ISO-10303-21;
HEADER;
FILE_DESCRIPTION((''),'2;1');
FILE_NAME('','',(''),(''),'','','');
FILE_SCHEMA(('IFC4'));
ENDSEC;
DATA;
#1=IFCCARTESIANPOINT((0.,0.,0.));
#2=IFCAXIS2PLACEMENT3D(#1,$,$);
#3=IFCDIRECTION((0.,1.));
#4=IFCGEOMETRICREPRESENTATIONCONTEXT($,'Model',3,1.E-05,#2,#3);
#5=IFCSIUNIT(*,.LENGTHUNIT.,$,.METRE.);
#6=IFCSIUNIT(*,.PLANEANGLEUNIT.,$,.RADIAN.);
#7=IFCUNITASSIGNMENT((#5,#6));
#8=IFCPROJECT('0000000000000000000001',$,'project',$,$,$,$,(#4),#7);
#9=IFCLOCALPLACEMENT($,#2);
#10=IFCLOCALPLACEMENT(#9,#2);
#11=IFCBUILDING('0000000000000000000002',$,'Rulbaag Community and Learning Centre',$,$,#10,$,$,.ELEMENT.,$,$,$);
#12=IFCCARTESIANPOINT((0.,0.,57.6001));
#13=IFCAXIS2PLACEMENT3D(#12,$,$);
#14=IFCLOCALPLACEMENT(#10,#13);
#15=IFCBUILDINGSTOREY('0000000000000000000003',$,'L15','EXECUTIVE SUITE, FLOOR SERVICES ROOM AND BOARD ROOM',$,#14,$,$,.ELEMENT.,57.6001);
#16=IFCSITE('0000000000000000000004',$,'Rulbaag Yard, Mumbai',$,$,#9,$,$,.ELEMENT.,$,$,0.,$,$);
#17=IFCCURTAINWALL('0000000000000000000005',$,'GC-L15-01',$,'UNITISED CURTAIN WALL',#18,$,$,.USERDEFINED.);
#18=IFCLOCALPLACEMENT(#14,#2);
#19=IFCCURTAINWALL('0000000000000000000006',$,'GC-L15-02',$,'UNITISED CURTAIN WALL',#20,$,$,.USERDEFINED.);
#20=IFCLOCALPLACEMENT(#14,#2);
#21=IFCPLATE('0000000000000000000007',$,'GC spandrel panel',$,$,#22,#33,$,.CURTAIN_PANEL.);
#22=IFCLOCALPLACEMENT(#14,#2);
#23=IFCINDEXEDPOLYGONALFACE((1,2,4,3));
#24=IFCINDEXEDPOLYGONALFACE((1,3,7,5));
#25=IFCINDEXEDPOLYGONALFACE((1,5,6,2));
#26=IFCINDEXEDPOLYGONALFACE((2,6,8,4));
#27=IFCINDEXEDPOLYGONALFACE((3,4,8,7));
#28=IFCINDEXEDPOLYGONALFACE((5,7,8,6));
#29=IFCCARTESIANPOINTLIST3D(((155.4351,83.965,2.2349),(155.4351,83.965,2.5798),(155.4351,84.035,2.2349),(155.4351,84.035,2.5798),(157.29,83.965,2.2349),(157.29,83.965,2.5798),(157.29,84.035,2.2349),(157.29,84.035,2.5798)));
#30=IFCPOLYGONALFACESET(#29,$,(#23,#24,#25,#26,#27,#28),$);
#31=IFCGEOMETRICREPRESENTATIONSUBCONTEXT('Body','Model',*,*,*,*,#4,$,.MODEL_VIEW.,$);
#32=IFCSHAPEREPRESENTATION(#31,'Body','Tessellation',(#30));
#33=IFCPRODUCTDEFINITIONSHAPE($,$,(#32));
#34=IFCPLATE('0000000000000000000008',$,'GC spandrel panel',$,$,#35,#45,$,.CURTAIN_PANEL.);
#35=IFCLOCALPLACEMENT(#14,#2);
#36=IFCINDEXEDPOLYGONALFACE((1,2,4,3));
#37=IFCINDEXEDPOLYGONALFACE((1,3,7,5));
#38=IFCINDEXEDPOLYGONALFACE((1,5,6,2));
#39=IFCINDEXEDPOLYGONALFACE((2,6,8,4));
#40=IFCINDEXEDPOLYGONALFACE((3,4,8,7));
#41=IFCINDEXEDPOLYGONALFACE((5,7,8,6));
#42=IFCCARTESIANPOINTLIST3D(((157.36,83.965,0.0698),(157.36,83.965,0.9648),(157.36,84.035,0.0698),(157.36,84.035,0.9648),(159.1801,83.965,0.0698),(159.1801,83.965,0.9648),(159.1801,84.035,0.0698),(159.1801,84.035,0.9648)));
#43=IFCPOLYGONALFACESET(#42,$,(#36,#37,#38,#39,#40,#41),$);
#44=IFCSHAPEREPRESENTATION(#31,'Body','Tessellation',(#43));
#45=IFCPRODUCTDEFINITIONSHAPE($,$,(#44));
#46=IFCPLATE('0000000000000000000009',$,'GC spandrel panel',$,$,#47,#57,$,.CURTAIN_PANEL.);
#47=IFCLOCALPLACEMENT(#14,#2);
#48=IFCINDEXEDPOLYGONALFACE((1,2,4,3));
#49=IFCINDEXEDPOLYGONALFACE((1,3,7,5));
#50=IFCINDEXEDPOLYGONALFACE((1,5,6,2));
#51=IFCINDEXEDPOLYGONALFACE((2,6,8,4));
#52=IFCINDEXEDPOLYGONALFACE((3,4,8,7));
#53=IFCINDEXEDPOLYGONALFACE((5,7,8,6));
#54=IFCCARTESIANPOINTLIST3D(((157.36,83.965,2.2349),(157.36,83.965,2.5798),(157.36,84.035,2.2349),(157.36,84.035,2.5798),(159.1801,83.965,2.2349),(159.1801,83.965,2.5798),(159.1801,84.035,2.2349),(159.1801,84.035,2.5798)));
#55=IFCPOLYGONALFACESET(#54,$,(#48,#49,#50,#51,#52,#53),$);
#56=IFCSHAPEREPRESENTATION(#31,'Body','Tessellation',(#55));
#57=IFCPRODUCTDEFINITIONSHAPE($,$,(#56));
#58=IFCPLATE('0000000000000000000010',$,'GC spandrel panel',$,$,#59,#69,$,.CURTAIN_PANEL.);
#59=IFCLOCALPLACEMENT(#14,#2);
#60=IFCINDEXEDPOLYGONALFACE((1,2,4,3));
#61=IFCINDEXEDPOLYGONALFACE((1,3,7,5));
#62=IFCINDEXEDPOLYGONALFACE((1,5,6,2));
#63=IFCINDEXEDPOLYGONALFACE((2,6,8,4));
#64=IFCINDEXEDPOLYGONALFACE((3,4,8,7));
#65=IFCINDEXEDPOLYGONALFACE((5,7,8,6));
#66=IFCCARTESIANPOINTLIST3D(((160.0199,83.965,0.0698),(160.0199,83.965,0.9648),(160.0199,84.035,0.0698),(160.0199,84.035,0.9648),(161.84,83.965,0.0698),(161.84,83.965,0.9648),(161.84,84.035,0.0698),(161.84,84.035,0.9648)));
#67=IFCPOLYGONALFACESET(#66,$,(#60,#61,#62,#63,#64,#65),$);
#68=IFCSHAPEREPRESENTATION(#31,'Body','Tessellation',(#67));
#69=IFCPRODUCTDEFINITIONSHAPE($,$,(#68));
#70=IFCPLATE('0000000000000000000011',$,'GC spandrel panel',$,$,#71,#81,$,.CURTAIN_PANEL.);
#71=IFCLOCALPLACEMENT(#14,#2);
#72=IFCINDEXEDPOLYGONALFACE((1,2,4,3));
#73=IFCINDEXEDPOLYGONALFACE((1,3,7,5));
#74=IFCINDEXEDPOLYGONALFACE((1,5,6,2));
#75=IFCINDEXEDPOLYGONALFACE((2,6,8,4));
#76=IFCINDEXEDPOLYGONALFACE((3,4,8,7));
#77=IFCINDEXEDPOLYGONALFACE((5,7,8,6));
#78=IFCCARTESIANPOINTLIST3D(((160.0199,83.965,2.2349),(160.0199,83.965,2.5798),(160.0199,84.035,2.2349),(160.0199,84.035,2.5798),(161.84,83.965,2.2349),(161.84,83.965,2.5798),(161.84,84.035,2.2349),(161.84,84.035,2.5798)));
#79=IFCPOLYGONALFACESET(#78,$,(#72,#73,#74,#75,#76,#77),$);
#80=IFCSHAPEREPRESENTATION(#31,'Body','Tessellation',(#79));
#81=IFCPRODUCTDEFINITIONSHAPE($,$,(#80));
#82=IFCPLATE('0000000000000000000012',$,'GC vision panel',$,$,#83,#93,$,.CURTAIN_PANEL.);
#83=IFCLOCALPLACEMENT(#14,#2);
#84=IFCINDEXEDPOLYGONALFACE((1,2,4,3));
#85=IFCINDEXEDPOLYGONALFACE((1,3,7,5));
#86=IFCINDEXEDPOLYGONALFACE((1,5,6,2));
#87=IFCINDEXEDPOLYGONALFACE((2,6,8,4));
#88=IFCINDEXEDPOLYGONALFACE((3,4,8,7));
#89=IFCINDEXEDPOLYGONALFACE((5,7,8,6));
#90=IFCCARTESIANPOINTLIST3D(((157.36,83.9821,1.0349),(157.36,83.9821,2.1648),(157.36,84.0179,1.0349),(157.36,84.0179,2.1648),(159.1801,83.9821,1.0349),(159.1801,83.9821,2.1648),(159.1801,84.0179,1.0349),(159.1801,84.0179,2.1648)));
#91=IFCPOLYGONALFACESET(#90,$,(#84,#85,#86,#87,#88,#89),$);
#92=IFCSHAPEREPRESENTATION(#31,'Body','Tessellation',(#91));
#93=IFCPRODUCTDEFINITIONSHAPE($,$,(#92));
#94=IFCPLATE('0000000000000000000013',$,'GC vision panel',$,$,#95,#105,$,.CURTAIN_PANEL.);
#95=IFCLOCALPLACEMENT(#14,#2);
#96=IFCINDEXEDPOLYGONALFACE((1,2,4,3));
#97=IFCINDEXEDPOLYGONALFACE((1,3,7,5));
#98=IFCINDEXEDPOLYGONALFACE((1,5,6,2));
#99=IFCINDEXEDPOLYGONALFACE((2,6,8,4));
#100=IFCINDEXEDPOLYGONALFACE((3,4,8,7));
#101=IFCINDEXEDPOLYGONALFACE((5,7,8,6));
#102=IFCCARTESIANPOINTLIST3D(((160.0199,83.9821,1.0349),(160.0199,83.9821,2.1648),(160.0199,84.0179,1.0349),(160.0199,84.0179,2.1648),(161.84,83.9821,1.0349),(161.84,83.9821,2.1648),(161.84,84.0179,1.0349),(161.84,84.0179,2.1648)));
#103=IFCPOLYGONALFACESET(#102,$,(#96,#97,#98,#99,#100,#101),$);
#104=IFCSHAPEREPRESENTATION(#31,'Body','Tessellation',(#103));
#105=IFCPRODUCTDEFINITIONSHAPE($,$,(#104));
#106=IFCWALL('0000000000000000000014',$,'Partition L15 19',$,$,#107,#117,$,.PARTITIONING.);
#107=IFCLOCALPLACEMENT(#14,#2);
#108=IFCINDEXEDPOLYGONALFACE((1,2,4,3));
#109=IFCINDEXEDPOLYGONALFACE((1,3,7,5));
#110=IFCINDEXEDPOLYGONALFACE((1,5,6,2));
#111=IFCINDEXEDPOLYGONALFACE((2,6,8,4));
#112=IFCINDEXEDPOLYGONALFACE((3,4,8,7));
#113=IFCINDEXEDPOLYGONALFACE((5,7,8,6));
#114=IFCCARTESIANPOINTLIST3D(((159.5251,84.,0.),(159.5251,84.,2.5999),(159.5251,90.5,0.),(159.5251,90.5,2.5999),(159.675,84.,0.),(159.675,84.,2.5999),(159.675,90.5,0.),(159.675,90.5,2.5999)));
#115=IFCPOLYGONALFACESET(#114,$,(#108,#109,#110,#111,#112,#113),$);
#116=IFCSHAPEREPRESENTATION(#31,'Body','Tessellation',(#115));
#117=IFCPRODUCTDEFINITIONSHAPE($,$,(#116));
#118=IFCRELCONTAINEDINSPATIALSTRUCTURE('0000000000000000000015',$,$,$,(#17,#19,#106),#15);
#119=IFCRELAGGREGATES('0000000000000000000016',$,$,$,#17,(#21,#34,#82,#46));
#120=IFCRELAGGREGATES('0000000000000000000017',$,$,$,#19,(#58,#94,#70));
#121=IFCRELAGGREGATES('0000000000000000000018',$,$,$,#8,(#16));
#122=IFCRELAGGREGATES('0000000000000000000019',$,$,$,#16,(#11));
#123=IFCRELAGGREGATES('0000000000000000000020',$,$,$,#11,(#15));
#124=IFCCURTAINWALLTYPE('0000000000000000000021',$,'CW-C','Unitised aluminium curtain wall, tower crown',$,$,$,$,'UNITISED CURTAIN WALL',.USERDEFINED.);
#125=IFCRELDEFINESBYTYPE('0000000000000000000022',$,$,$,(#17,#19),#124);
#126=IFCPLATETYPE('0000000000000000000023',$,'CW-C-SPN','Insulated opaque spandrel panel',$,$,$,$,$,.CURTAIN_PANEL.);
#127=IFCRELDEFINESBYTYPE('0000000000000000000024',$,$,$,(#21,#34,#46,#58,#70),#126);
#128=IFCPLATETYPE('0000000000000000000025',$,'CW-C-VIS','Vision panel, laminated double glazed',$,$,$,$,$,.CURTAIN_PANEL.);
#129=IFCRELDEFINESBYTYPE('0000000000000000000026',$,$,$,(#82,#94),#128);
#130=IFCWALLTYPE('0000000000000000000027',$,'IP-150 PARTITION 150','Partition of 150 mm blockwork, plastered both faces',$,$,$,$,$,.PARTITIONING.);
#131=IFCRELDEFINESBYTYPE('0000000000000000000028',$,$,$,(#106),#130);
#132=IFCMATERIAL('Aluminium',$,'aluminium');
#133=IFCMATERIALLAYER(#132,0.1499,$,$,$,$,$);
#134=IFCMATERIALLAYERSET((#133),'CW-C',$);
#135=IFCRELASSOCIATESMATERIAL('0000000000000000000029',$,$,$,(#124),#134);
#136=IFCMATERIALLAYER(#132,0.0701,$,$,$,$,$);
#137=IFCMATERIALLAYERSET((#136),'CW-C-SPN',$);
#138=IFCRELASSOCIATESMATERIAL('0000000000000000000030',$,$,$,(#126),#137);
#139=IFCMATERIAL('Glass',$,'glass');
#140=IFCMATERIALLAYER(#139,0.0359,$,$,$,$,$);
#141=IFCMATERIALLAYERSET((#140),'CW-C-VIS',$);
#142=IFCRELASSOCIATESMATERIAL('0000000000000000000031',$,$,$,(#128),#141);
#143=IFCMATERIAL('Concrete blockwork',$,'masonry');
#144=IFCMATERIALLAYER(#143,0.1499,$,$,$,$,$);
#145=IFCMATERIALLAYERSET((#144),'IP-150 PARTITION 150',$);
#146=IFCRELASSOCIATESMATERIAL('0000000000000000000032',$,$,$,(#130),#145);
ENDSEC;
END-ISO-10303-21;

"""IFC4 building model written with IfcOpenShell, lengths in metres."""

from ifc_helpers import new_model, si_unit, direction, frame, frame_2d, origin, origin_2d, place, context, subcontext, project, spatial, rectangle, extrude, material, layer, layer_set, type_object, element, aggregate, save


model = new_model("IFC4")

# Units and contexts
model_context = context("Model", 3, precision=1e-05, world=origin(), true_north=direction((0.0, 1.0)))
body_context = subcontext(model_context, "Body", "Model", "MODEL_VIEW")
ifc_project = project(units=[si_unit("LENGTHUNIT", "METRE"), si_unit("PLANEANGLEUNIT", "RADIAN")], contexts=[model_context])

# Site, building, storey
site_placement = place(None, origin())
site = spatial("IfcSite", under=ifc_project, at=site_placement, Name="Rulbaag Yard, Mumbai", CompositionType="ELEMENT", RefElevation=0.0)
building_placement = place(site_placement, origin())
building = spatial("IfcBuilding", under=site, at=building_placement, Name="Rulbaag Community and Learning Centre", CompositionType="ELEMENT")
storey_placement = place(building_placement, frame((0.0, 0.0, 57.6001)))
storey = spatial("IfcBuildingStorey", under=building, at=storey_placement, Name="L15", Description="EXECUTIVE SUITE, FLOOR SERVICES ROOM AND BOARD ROOM", CompositionType="ELEMENT", Elevation=57.6001)

# Curtain walls
ifc_material_1 = material(Name="Aluminium", Category="aluminium")
ifc_layer_1 = layer(ifc_material_1, 0.1499)
ifc_layer_set_1 = layer_set([ifc_layer_1], Name="CW-C")
curtain_wall_type = type_object("IfcCurtainWallType", Name="CW-C", Description="Unitised aluminium curtain wall, tower crown", ElementType="UNITISED CURTAIN WALL", PredefinedType="USERDEFINED", material=ifc_layer_set_1)
curtain_wall_1_placement = place(storey_placement, origin())
curtain_wall_1 = element("IfcCurtainWall", 1, at=curtain_wall_1_placement, inside=storey, type_object=curtain_wall_type, Name="GC-L15-01", ObjectType="UNITISED CURTAIN WALL", PredefinedType="USERDEFINED")
curtain_wall_2_placement = place(storey_placement, origin())
curtain_wall_2 = element("IfcCurtainWall", 2, at=curtain_wall_2_placement, inside=storey, type_object=curtain_wall_type, Name="GC-L15-02", ObjectType="UNITISED CURTAIN WALL", PredefinedType="USERDEFINED")

# Plates
ifc_layer_2 = layer(ifc_material_1, 0.0701)
ifc_layer_set_2 = layer_set([ifc_layer_2], Name="CW-C-SPN")
plate_type_1 = type_object("IfcPlateType", Name="CW-C-SPN", Description="Insulated opaque spandrel panel", PredefinedType="CURTAIN_PANEL", material=ifc_layer_set_2)
plate_1_placement = place(storey_placement, frame((156.3625, 84.0, 2.2349), z_axis=(0.0, 0.0, 1.0), x_axis=(1.0, 0.0, 0.0)))
plate_1 = element("IfcPlate", 3, at=plate_1_placement, type_object=plate_type_1, Name="GC spandrel panel", PredefinedType="CURTAIN_PANEL", context=body_context, shape_type="SweptSolid", body=[
    extrude(rectangle(XDim=1.855, YDim=0.0701, at=origin_2d()), origin(), (0.0, 0.0, 1.0), 0.345),
])
plate_2_placement = place(storey_placement, frame((158.27, 84.0, 0.0698), z_axis=(0.0, 0.0, 1.0), x_axis=(1.0, 0.0, 0.0)))
plate_2 = element("IfcPlate", 4, at=plate_2_placement, type_object=plate_type_1, Name="GC spandrel panel", PredefinedType="CURTAIN_PANEL", context=body_context, shape_type="SweptSolid", body=[
    extrude(rectangle(XDim=1.8201, YDim=0.0701, at=origin_2d()), origin(), (0.0, 0.0, 1.0), 0.895),
])
plate_3_placement = place(storey_placement, frame((158.27, 84.0, 2.2349), z_axis=(0.0, 0.0, 1.0), x_axis=(1.0, 0.0, 0.0)))
plate_3 = element("IfcPlate", 5, at=plate_3_placement, type_object=plate_type_1, Name="GC spandrel panel", PredefinedType="CURTAIN_PANEL", context=body_context, shape_type="SweptSolid", body=[
    extrude(rectangle(XDim=1.8201, YDim=0.0701, at=origin_2d()), origin(), (0.0, 0.0, 1.0), 0.345),
])
plate_4_placement = place(storey_placement, frame((160.9299, 84.0, 0.0698), z_axis=(0.0, 0.0, 1.0), x_axis=(1.0, 0.0, 0.0)))
plate_4 = element("IfcPlate", 6, at=plate_4_placement, type_object=plate_type_1, Name="GC spandrel panel", PredefinedType="CURTAIN_PANEL", context=body_context, shape_type="SweptSolid", body=[
    extrude(rectangle(XDim=1.8201, YDim=0.0701, at=origin_2d()), origin(), (0.0, 0.0, 1.0), 0.895),
])
plate_5_placement = place(storey_placement, frame((160.9299, 84.0, 2.2349), z_axis=(0.0, 0.0, 1.0), x_axis=(1.0, 0.0, 0.0)))
plate_5 = element("IfcPlate", 7, at=plate_5_placement, type_object=plate_type_1, Name="GC spandrel panel", PredefinedType="CURTAIN_PANEL", context=body_context, shape_type="SweptSolid", body=[
    extrude(rectangle(XDim=1.8201, YDim=0.0701, at=origin_2d()), origin(), (0.0, 0.0, 1.0), 0.345),
])
ifc_material_2 = material(Name="Glass", Category="glass")
ifc_layer_3 = layer(ifc_material_2, 0.0359)
ifc_layer_set_3 = layer_set([ifc_layer_3], Name="CW-C-VIS")
plate_type_2 = type_object("IfcPlateType", Name="CW-C-VIS", Description="Vision panel, laminated double glazed", PredefinedType="CURTAIN_PANEL", material=ifc_layer_set_3)
plate_6_placement = place(storey_placement, frame((158.27, 84.0, 1.0349), z_axis=(0.0, 0.0, 1.0), x_axis=(1.0, 0.0, 0.0)))
plate_6 = element("IfcPlate", 8, at=plate_6_placement, type_object=plate_type_2, Name="GC vision panel", PredefinedType="CURTAIN_PANEL", context=body_context, shape_type="SweptSolid", body=[
    extrude(rectangle(XDim=1.8201, YDim=0.0359, at=origin_2d()), origin(), (0.0, 0.0, 1.0), 1.1299),
])
aggregate(curtain_wall_1, [plate_1, plate_2, plate_6, plate_3])
plate_7_placement = place(storey_placement, frame((160.9299, 84.0, 1.0349), z_axis=(0.0, 0.0, 1.0), x_axis=(1.0, 0.0, 0.0)))
plate_7 = element("IfcPlate", 9, at=plate_7_placement, type_object=plate_type_2, Name="GC vision panel", PredefinedType="CURTAIN_PANEL", context=body_context, shape_type="SweptSolid", body=[
    extrude(rectangle(XDim=1.8201, YDim=0.0359, at=origin_2d()), origin(), (0.0, 0.0, 1.0), 1.1299),
])
aggregate(curtain_wall_2, [plate_4, plate_7, plate_5])

# Wall
ifc_material_3 = material(Name="Concrete blockwork", Category="masonry")
ifc_layer_4 = layer(ifc_material_3, 0.1499)
ifc_layer_set_4 = layer_set([ifc_layer_4], Name="IP-150 PARTITION 150")
wall_type = type_object("IfcWallType", Name="IP-150 PARTITION 150", Description="Partition of 150 mm blockwork, plastered both faces", PredefinedType="PARTITIONING", material=ifc_layer_set_4)
wall_placement = place(storey_placement, frame((159.6001, 84.0, 0.0), z_axis=(0.0, 0.0, 1.0), x_axis=(0.0, 1.0, 0.0)))
element("IfcWall", 10, at=wall_placement, inside=storey, type_object=wall_type, Name="Partition L15 19", PredefinedType="PARTITIONING", context=body_context, shape_type="SweptSolid", body=[
    extrude(rectangle(XDim=6.5, YDim=0.1499, at=frame_2d((3.25, 0.0))), origin(), (0.0, 0.0, 1.0), 2.5999),
])

save(model, "model.ifc")
